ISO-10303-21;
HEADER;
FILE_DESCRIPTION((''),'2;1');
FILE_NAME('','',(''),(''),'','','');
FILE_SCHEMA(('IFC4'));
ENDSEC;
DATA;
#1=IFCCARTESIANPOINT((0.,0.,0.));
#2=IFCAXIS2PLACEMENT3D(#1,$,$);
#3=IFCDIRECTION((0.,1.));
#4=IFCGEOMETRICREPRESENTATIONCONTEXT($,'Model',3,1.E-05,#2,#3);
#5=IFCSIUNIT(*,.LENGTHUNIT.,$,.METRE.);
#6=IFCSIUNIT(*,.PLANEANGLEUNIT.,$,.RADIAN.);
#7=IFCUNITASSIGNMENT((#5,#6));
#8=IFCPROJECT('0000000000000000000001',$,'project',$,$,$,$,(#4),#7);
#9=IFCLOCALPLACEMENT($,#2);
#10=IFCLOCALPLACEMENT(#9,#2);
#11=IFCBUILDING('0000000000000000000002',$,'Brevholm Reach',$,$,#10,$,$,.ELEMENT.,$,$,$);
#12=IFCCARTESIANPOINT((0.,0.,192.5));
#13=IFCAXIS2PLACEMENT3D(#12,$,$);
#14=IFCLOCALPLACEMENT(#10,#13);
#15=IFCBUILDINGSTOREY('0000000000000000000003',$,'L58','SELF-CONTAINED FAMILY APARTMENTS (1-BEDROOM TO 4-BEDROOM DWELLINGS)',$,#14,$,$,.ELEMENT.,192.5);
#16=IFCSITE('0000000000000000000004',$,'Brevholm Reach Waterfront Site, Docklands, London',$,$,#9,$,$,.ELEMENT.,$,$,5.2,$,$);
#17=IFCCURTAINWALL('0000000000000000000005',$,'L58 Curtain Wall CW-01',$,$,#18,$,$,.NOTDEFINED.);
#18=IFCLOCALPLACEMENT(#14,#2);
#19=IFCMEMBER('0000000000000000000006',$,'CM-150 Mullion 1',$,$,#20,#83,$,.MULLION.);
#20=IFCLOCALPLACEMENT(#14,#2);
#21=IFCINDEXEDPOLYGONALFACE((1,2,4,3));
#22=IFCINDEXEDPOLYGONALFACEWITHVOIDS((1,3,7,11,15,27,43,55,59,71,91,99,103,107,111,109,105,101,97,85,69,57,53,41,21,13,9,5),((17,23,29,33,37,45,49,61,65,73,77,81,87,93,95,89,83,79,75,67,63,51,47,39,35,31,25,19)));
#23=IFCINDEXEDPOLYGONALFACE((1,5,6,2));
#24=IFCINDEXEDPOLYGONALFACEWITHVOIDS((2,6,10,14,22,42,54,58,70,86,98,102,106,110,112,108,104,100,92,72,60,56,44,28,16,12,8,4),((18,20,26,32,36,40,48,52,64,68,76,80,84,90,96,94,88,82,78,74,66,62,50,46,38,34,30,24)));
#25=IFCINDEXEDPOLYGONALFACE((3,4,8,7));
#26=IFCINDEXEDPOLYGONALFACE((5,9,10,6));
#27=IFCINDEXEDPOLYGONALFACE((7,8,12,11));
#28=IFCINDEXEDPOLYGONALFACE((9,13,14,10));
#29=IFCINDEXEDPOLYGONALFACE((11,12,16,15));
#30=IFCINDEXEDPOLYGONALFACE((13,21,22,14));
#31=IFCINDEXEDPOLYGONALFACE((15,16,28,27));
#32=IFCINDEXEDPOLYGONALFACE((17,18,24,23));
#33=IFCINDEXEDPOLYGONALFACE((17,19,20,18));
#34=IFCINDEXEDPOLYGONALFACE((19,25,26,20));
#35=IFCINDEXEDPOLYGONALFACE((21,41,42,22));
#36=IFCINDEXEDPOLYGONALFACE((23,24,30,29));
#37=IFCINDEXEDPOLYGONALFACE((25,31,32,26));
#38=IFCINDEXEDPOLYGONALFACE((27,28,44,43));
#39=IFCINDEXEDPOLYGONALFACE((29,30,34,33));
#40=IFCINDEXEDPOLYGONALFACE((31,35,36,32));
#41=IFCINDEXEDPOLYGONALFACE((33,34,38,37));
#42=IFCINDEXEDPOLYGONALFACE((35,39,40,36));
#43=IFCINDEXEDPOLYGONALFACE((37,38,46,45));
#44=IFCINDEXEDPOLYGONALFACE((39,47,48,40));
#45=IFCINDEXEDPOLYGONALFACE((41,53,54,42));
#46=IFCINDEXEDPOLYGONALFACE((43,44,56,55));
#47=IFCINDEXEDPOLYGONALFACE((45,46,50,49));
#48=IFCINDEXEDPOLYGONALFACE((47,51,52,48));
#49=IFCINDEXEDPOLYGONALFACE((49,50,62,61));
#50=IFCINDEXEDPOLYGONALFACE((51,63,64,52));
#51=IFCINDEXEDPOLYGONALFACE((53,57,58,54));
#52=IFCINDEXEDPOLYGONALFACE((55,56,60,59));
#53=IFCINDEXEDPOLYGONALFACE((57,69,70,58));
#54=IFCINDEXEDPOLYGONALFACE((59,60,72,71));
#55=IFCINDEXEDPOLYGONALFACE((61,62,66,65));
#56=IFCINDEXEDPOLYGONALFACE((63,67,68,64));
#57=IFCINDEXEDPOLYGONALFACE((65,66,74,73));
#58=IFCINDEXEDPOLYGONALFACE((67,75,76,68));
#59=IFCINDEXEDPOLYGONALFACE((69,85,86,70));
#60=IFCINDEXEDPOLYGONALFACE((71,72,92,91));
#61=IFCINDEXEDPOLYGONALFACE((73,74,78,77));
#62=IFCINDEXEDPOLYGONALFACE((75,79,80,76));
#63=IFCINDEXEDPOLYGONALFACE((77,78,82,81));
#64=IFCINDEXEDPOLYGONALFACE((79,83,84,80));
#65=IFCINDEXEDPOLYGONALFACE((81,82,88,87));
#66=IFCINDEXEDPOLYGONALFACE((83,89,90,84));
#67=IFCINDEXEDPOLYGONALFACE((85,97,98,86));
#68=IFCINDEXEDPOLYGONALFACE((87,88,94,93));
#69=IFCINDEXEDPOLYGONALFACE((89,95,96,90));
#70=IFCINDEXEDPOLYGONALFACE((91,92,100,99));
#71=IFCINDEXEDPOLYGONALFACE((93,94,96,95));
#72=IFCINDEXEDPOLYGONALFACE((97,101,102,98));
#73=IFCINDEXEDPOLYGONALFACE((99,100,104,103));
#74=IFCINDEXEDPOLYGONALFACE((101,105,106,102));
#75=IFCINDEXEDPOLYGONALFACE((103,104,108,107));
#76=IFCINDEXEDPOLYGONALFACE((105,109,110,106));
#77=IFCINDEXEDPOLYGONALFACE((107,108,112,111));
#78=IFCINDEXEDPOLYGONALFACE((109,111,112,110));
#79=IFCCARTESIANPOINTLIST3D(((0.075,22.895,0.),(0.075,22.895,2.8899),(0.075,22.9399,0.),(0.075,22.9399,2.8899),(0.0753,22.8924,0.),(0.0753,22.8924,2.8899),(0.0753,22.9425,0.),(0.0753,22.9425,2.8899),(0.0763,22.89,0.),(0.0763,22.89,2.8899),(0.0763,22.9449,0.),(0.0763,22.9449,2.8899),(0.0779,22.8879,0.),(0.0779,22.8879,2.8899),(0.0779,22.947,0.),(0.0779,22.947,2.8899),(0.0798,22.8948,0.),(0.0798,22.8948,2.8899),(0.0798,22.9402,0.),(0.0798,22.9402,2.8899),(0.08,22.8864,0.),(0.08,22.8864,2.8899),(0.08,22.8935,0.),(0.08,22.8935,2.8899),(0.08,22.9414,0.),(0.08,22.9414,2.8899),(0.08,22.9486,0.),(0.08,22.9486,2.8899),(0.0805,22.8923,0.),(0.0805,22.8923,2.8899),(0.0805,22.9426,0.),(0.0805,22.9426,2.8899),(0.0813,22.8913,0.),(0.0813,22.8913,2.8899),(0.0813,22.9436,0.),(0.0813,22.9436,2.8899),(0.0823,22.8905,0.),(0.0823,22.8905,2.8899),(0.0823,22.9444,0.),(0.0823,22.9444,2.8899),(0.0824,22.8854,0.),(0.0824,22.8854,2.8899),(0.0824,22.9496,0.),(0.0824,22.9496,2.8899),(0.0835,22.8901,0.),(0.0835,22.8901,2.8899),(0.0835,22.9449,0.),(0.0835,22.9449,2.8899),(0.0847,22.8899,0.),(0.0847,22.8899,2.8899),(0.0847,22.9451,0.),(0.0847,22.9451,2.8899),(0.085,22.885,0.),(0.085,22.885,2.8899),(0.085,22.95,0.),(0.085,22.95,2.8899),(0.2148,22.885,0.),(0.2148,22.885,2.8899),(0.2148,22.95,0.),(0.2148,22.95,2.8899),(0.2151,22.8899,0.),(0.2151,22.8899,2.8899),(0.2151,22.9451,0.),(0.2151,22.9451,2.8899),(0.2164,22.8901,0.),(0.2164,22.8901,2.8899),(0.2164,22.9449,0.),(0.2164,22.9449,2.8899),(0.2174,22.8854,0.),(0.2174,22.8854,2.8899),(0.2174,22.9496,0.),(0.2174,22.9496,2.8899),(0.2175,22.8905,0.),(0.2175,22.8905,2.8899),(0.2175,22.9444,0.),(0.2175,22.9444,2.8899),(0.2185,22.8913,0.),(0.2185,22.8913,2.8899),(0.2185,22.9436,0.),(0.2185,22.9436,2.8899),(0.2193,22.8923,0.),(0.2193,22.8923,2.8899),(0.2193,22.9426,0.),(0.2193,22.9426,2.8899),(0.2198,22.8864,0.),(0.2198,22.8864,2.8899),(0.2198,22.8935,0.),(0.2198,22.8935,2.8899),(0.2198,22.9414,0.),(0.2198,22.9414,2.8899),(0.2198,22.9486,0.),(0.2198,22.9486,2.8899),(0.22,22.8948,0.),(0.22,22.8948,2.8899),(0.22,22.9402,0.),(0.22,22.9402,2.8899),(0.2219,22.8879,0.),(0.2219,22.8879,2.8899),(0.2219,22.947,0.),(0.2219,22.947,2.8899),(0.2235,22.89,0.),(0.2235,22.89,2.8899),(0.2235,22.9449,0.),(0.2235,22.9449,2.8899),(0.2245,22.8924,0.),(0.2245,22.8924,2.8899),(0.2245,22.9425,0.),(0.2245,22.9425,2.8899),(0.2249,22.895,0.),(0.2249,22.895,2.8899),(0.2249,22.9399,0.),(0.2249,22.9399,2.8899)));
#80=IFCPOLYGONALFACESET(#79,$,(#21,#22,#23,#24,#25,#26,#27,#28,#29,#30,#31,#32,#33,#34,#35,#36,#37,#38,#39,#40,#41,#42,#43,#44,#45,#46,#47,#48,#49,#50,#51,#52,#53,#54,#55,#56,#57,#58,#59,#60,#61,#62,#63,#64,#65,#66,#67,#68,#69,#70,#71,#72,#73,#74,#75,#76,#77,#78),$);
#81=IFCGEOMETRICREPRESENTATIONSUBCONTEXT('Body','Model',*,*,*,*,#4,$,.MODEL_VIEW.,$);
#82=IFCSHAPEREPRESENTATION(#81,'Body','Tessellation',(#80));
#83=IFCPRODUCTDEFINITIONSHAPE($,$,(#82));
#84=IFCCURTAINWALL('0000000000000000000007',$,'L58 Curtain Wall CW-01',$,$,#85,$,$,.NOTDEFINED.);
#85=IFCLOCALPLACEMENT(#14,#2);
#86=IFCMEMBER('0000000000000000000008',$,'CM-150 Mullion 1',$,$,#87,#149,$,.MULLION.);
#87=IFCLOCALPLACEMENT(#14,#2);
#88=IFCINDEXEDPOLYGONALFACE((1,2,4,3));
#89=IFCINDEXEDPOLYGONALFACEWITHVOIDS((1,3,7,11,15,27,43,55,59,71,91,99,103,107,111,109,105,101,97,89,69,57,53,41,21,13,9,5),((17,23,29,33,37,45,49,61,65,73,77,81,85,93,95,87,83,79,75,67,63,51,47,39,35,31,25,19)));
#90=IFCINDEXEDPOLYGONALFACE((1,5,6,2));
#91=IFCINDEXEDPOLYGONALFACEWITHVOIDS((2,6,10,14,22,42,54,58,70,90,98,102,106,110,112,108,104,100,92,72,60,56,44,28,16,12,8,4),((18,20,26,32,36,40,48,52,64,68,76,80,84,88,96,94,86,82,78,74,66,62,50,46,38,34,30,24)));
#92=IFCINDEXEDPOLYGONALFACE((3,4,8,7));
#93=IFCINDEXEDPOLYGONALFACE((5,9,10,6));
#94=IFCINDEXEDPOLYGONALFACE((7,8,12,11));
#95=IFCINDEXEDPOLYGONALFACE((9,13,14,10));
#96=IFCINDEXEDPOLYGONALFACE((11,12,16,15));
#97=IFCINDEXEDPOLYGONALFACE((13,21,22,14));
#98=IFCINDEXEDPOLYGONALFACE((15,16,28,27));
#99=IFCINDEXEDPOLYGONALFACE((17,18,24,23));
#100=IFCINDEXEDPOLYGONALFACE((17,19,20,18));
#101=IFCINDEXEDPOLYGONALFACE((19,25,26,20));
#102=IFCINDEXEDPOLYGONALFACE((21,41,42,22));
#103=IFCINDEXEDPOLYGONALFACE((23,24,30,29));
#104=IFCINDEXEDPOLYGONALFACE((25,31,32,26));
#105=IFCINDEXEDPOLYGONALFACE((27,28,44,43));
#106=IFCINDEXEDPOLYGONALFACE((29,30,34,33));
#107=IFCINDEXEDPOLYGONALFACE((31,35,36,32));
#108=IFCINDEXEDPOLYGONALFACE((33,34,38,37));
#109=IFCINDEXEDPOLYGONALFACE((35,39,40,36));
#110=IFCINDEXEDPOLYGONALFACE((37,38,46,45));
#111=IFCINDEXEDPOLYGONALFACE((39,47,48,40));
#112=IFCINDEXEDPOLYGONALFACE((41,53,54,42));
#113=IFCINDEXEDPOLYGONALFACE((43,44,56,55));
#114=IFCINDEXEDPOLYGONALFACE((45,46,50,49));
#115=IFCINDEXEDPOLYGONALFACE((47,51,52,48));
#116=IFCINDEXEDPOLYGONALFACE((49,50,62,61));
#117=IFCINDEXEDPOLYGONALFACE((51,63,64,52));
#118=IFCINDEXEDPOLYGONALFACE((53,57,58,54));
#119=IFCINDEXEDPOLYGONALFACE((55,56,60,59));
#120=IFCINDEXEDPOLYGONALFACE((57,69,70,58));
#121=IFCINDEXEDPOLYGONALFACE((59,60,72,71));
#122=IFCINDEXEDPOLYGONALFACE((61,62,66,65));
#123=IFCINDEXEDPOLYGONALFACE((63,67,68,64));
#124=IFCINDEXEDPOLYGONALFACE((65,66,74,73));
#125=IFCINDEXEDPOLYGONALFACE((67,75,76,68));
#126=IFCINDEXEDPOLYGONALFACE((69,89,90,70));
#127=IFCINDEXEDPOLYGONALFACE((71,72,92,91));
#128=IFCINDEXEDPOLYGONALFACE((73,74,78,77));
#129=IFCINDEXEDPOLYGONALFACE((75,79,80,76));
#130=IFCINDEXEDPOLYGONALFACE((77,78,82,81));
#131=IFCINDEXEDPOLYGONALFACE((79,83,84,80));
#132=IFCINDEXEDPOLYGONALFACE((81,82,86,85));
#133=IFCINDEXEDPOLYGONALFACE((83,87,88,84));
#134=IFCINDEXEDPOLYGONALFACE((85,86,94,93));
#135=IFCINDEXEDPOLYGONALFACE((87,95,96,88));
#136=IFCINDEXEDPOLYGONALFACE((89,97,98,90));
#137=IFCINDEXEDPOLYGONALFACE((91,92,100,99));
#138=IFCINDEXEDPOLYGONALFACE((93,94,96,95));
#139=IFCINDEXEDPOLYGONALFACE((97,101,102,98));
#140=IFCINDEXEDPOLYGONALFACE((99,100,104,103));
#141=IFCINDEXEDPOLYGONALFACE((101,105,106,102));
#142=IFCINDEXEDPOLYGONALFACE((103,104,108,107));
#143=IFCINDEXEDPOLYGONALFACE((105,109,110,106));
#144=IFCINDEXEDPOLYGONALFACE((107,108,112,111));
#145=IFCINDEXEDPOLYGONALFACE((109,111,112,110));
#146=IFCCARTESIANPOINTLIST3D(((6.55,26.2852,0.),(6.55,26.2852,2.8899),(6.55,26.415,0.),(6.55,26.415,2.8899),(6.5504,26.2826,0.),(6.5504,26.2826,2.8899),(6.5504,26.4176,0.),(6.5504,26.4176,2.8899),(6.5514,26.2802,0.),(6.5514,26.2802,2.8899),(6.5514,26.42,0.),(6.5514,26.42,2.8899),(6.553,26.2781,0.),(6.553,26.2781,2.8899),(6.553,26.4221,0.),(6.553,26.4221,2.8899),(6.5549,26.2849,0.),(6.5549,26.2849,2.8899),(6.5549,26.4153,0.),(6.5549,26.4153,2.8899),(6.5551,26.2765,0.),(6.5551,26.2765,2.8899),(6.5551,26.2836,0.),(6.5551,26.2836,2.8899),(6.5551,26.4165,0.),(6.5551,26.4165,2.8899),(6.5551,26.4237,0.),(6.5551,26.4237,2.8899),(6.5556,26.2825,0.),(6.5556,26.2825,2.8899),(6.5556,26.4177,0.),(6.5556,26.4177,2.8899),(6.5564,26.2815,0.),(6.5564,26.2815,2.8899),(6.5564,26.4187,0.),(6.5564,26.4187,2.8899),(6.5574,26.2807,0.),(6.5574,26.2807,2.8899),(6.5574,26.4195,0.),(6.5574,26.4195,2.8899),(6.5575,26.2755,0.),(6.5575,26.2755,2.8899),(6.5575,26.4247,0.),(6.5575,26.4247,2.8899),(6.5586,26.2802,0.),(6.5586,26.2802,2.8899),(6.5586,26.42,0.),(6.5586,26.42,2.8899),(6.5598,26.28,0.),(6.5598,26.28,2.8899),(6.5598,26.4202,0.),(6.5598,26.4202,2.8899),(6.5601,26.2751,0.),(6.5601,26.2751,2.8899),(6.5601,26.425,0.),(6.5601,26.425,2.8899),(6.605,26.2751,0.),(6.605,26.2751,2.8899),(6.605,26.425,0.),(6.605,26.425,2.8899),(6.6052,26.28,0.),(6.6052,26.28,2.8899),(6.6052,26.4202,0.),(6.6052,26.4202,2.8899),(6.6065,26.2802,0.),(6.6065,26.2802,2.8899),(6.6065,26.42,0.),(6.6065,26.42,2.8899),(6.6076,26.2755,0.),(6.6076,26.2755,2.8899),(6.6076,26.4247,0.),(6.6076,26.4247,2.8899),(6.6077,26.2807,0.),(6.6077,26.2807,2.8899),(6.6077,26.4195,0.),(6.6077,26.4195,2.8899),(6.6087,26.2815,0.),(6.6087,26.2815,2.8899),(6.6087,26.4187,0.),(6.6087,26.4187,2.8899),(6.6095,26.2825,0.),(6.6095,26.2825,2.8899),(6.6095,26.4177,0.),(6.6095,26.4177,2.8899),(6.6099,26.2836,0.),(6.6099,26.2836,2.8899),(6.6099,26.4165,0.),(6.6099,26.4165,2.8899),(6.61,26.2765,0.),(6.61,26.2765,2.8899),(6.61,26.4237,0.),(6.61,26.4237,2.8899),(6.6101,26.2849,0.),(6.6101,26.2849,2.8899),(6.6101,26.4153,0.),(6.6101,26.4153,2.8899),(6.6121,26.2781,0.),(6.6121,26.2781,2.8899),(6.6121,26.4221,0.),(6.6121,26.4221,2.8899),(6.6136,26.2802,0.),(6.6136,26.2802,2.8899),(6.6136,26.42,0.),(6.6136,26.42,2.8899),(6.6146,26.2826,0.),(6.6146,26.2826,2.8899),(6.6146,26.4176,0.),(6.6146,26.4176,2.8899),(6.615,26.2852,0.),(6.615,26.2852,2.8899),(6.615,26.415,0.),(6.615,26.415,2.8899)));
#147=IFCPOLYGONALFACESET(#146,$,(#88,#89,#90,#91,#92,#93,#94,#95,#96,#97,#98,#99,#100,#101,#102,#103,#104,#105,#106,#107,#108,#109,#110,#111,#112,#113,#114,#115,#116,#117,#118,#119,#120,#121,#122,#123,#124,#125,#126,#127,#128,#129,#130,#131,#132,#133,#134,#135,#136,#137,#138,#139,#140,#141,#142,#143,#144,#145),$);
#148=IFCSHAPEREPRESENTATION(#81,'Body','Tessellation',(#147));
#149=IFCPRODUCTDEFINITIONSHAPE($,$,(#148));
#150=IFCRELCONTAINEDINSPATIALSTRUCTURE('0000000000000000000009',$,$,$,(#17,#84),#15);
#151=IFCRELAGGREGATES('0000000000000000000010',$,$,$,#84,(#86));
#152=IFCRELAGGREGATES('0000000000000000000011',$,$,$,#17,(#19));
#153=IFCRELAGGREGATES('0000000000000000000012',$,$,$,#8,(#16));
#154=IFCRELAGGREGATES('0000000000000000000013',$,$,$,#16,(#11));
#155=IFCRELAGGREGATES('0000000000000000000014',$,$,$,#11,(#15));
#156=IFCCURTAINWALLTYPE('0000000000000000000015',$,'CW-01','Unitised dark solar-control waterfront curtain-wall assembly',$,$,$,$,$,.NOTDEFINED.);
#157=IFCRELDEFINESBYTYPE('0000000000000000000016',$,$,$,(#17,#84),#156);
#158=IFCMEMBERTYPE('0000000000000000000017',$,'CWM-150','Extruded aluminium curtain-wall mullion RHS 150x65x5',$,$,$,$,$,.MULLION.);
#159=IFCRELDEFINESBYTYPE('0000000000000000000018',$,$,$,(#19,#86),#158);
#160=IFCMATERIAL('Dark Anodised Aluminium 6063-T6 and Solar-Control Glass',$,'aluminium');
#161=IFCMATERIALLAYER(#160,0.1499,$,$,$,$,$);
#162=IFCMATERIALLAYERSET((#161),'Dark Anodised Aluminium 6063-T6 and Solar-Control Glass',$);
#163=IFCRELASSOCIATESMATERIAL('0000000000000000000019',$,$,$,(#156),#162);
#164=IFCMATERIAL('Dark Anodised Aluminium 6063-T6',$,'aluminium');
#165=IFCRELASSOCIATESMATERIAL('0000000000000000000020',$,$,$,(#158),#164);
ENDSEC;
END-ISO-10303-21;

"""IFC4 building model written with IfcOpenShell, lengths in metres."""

from ifc_helpers import new_model, si_unit, direction, frame, origin, origin_2d, place, context, subcontext, project, spatial, hollow_rectangle, extrude, material, layer, layer_set, material_profile, profile_set, type_object, element, aggregate, save


model = new_model("IFC4")

# Units and contexts
model_context = context("Model", 3, precision=1e-05, world=origin(), true_north=direction((0.0, 1.0)))
body_context = subcontext(model_context, "Body", "Model", "MODEL_VIEW")
ifc_project = project(units=[si_unit("LENGTHUNIT", "METRE"), si_unit("PLANEANGLEUNIT", "RADIAN")], contexts=[model_context])

# Site, building, storey
site_placement = place(None, origin())
site = spatial("IfcSite", under=ifc_project, at=site_placement, Name="Brevholm Reach Waterfront Site, Docklands, London", CompositionType="ELEMENT", RefElevation=5.2)
building_placement = place(site_placement, origin())
building = spatial("IfcBuilding", under=site, at=building_placement, Name="Brevholm Reach", CompositionType="ELEMENT")
storey_placement = place(building_placement, frame((0.0, 0.0, 192.5)))
storey = spatial("IfcBuildingStorey", under=building, at=storey_placement, Name="L58", Description="SELF-CONTAINED FAMILY APARTMENTS (1-BEDROOM TO 4-BEDROOM DWELLINGS)", CompositionType="ELEMENT", Elevation=192.5)

# Curtain walls, members
ifc_material_1 = material(Name="Dark Anodised Aluminium 6063-T6 and Solar-Control Glass", Category="aluminium")
ifc_layer_1 = layer(ifc_material_1, 0.1499)
ifc_layer_set_1 = layer_set([ifc_layer_1], Name="Dark Anodised Aluminium 6063-T6 and Solar-Control Glass")
curtain_wall_type = type_object("IfcCurtainWallType", Name="CW-01", Description="Unitised dark solar-control waterfront curtain-wall assembly", PredefinedType="NOTDEFINED", material=ifc_layer_set_1)
curtain_wall_1_placement = place(storey_placement, origin())
curtain_wall_1 = element("IfcCurtainWall", 1, at=curtain_wall_1_placement, inside=storey, type_object=curtain_wall_type, Name="L58 Curtain Wall CW-01", PredefinedType="NOTDEFINED")
ifc_material_2 = material(Name="Dark Anodised Aluminium 6063-T6", Category="aluminium")
ifc_material_profile_1 = material_profile(ifc_material_2, hollow_rectangle(XDim=0.0649, YDim=0.1499, WallThickness=0.0049, InnerFilletRadius=0.0049, OuterFilletRadius=0.01, at=origin_2d()), Name="RHS 150x65x5")
ifc_profile_set_1 = profile_set([ifc_material_profile_1], Name="Dark Anodised Aluminium 6063-T6")
member_type_1 = type_object("IfcMemberType", Name="CWM-150", Description="Extruded aluminium curtain-wall mullion RHS 150x65x5", PredefinedType="MULLION", material=ifc_profile_set_1)
member_1_placement = place(storey_placement, frame((0.1499, 22.9175, 0.0), z_axis=(0.0, 0.0, 1.0), x_axis=(0.0, -1.0, 0.0)))
member_1 = element("IfcMember", 2, at=member_1_placement, type_object=member_type_1, Name="CM-150 Mullion 1", PredefinedType="MULLION", context=body_context, shape_type="SweptSolid", body=[
    extrude(hollow_rectangle(XDim=0.0649, YDim=0.1499, WallThickness=0.0049, InnerFilletRadius=0.0049, OuterFilletRadius=0.01, at=origin_2d()), origin(), (0.0, 0.0, 1.0), 2.8899),
])
curtain_wall_2_placement = place(storey_placement, origin())
curtain_wall_2 = element("IfcCurtainWall", 3, at=curtain_wall_2_placement, inside=storey, type_object=curtain_wall_type, Name="L58 Curtain Wall CW-01", PredefinedType="NOTDEFINED")
member_2_placement = place(storey_placement, frame((6.5825, 26.3501, 0.0), z_axis=(0.0, 0.0, 1.0), x_axis=(1.0, 0.0, 0.0)))
member_2 = element("IfcMember", 4, at=member_2_placement, type_object=member_type_1, Name="CM-150 Mullion 1", PredefinedType="MULLION", context=body_context, shape_type="SweptSolid", body=[
    extrude(hollow_rectangle(XDim=0.0649, YDim=0.1499, WallThickness=0.0049, InnerFilletRadius=0.0049, OuterFilletRadius=0.01, at=origin_2d()), origin(), (0.0, 0.0, 1.0), 2.8899),
])

aggregate(curtain_wall_2, [member_2])

aggregate(curtain_wall_1, [member_1])

save(model, "model.ifc")
